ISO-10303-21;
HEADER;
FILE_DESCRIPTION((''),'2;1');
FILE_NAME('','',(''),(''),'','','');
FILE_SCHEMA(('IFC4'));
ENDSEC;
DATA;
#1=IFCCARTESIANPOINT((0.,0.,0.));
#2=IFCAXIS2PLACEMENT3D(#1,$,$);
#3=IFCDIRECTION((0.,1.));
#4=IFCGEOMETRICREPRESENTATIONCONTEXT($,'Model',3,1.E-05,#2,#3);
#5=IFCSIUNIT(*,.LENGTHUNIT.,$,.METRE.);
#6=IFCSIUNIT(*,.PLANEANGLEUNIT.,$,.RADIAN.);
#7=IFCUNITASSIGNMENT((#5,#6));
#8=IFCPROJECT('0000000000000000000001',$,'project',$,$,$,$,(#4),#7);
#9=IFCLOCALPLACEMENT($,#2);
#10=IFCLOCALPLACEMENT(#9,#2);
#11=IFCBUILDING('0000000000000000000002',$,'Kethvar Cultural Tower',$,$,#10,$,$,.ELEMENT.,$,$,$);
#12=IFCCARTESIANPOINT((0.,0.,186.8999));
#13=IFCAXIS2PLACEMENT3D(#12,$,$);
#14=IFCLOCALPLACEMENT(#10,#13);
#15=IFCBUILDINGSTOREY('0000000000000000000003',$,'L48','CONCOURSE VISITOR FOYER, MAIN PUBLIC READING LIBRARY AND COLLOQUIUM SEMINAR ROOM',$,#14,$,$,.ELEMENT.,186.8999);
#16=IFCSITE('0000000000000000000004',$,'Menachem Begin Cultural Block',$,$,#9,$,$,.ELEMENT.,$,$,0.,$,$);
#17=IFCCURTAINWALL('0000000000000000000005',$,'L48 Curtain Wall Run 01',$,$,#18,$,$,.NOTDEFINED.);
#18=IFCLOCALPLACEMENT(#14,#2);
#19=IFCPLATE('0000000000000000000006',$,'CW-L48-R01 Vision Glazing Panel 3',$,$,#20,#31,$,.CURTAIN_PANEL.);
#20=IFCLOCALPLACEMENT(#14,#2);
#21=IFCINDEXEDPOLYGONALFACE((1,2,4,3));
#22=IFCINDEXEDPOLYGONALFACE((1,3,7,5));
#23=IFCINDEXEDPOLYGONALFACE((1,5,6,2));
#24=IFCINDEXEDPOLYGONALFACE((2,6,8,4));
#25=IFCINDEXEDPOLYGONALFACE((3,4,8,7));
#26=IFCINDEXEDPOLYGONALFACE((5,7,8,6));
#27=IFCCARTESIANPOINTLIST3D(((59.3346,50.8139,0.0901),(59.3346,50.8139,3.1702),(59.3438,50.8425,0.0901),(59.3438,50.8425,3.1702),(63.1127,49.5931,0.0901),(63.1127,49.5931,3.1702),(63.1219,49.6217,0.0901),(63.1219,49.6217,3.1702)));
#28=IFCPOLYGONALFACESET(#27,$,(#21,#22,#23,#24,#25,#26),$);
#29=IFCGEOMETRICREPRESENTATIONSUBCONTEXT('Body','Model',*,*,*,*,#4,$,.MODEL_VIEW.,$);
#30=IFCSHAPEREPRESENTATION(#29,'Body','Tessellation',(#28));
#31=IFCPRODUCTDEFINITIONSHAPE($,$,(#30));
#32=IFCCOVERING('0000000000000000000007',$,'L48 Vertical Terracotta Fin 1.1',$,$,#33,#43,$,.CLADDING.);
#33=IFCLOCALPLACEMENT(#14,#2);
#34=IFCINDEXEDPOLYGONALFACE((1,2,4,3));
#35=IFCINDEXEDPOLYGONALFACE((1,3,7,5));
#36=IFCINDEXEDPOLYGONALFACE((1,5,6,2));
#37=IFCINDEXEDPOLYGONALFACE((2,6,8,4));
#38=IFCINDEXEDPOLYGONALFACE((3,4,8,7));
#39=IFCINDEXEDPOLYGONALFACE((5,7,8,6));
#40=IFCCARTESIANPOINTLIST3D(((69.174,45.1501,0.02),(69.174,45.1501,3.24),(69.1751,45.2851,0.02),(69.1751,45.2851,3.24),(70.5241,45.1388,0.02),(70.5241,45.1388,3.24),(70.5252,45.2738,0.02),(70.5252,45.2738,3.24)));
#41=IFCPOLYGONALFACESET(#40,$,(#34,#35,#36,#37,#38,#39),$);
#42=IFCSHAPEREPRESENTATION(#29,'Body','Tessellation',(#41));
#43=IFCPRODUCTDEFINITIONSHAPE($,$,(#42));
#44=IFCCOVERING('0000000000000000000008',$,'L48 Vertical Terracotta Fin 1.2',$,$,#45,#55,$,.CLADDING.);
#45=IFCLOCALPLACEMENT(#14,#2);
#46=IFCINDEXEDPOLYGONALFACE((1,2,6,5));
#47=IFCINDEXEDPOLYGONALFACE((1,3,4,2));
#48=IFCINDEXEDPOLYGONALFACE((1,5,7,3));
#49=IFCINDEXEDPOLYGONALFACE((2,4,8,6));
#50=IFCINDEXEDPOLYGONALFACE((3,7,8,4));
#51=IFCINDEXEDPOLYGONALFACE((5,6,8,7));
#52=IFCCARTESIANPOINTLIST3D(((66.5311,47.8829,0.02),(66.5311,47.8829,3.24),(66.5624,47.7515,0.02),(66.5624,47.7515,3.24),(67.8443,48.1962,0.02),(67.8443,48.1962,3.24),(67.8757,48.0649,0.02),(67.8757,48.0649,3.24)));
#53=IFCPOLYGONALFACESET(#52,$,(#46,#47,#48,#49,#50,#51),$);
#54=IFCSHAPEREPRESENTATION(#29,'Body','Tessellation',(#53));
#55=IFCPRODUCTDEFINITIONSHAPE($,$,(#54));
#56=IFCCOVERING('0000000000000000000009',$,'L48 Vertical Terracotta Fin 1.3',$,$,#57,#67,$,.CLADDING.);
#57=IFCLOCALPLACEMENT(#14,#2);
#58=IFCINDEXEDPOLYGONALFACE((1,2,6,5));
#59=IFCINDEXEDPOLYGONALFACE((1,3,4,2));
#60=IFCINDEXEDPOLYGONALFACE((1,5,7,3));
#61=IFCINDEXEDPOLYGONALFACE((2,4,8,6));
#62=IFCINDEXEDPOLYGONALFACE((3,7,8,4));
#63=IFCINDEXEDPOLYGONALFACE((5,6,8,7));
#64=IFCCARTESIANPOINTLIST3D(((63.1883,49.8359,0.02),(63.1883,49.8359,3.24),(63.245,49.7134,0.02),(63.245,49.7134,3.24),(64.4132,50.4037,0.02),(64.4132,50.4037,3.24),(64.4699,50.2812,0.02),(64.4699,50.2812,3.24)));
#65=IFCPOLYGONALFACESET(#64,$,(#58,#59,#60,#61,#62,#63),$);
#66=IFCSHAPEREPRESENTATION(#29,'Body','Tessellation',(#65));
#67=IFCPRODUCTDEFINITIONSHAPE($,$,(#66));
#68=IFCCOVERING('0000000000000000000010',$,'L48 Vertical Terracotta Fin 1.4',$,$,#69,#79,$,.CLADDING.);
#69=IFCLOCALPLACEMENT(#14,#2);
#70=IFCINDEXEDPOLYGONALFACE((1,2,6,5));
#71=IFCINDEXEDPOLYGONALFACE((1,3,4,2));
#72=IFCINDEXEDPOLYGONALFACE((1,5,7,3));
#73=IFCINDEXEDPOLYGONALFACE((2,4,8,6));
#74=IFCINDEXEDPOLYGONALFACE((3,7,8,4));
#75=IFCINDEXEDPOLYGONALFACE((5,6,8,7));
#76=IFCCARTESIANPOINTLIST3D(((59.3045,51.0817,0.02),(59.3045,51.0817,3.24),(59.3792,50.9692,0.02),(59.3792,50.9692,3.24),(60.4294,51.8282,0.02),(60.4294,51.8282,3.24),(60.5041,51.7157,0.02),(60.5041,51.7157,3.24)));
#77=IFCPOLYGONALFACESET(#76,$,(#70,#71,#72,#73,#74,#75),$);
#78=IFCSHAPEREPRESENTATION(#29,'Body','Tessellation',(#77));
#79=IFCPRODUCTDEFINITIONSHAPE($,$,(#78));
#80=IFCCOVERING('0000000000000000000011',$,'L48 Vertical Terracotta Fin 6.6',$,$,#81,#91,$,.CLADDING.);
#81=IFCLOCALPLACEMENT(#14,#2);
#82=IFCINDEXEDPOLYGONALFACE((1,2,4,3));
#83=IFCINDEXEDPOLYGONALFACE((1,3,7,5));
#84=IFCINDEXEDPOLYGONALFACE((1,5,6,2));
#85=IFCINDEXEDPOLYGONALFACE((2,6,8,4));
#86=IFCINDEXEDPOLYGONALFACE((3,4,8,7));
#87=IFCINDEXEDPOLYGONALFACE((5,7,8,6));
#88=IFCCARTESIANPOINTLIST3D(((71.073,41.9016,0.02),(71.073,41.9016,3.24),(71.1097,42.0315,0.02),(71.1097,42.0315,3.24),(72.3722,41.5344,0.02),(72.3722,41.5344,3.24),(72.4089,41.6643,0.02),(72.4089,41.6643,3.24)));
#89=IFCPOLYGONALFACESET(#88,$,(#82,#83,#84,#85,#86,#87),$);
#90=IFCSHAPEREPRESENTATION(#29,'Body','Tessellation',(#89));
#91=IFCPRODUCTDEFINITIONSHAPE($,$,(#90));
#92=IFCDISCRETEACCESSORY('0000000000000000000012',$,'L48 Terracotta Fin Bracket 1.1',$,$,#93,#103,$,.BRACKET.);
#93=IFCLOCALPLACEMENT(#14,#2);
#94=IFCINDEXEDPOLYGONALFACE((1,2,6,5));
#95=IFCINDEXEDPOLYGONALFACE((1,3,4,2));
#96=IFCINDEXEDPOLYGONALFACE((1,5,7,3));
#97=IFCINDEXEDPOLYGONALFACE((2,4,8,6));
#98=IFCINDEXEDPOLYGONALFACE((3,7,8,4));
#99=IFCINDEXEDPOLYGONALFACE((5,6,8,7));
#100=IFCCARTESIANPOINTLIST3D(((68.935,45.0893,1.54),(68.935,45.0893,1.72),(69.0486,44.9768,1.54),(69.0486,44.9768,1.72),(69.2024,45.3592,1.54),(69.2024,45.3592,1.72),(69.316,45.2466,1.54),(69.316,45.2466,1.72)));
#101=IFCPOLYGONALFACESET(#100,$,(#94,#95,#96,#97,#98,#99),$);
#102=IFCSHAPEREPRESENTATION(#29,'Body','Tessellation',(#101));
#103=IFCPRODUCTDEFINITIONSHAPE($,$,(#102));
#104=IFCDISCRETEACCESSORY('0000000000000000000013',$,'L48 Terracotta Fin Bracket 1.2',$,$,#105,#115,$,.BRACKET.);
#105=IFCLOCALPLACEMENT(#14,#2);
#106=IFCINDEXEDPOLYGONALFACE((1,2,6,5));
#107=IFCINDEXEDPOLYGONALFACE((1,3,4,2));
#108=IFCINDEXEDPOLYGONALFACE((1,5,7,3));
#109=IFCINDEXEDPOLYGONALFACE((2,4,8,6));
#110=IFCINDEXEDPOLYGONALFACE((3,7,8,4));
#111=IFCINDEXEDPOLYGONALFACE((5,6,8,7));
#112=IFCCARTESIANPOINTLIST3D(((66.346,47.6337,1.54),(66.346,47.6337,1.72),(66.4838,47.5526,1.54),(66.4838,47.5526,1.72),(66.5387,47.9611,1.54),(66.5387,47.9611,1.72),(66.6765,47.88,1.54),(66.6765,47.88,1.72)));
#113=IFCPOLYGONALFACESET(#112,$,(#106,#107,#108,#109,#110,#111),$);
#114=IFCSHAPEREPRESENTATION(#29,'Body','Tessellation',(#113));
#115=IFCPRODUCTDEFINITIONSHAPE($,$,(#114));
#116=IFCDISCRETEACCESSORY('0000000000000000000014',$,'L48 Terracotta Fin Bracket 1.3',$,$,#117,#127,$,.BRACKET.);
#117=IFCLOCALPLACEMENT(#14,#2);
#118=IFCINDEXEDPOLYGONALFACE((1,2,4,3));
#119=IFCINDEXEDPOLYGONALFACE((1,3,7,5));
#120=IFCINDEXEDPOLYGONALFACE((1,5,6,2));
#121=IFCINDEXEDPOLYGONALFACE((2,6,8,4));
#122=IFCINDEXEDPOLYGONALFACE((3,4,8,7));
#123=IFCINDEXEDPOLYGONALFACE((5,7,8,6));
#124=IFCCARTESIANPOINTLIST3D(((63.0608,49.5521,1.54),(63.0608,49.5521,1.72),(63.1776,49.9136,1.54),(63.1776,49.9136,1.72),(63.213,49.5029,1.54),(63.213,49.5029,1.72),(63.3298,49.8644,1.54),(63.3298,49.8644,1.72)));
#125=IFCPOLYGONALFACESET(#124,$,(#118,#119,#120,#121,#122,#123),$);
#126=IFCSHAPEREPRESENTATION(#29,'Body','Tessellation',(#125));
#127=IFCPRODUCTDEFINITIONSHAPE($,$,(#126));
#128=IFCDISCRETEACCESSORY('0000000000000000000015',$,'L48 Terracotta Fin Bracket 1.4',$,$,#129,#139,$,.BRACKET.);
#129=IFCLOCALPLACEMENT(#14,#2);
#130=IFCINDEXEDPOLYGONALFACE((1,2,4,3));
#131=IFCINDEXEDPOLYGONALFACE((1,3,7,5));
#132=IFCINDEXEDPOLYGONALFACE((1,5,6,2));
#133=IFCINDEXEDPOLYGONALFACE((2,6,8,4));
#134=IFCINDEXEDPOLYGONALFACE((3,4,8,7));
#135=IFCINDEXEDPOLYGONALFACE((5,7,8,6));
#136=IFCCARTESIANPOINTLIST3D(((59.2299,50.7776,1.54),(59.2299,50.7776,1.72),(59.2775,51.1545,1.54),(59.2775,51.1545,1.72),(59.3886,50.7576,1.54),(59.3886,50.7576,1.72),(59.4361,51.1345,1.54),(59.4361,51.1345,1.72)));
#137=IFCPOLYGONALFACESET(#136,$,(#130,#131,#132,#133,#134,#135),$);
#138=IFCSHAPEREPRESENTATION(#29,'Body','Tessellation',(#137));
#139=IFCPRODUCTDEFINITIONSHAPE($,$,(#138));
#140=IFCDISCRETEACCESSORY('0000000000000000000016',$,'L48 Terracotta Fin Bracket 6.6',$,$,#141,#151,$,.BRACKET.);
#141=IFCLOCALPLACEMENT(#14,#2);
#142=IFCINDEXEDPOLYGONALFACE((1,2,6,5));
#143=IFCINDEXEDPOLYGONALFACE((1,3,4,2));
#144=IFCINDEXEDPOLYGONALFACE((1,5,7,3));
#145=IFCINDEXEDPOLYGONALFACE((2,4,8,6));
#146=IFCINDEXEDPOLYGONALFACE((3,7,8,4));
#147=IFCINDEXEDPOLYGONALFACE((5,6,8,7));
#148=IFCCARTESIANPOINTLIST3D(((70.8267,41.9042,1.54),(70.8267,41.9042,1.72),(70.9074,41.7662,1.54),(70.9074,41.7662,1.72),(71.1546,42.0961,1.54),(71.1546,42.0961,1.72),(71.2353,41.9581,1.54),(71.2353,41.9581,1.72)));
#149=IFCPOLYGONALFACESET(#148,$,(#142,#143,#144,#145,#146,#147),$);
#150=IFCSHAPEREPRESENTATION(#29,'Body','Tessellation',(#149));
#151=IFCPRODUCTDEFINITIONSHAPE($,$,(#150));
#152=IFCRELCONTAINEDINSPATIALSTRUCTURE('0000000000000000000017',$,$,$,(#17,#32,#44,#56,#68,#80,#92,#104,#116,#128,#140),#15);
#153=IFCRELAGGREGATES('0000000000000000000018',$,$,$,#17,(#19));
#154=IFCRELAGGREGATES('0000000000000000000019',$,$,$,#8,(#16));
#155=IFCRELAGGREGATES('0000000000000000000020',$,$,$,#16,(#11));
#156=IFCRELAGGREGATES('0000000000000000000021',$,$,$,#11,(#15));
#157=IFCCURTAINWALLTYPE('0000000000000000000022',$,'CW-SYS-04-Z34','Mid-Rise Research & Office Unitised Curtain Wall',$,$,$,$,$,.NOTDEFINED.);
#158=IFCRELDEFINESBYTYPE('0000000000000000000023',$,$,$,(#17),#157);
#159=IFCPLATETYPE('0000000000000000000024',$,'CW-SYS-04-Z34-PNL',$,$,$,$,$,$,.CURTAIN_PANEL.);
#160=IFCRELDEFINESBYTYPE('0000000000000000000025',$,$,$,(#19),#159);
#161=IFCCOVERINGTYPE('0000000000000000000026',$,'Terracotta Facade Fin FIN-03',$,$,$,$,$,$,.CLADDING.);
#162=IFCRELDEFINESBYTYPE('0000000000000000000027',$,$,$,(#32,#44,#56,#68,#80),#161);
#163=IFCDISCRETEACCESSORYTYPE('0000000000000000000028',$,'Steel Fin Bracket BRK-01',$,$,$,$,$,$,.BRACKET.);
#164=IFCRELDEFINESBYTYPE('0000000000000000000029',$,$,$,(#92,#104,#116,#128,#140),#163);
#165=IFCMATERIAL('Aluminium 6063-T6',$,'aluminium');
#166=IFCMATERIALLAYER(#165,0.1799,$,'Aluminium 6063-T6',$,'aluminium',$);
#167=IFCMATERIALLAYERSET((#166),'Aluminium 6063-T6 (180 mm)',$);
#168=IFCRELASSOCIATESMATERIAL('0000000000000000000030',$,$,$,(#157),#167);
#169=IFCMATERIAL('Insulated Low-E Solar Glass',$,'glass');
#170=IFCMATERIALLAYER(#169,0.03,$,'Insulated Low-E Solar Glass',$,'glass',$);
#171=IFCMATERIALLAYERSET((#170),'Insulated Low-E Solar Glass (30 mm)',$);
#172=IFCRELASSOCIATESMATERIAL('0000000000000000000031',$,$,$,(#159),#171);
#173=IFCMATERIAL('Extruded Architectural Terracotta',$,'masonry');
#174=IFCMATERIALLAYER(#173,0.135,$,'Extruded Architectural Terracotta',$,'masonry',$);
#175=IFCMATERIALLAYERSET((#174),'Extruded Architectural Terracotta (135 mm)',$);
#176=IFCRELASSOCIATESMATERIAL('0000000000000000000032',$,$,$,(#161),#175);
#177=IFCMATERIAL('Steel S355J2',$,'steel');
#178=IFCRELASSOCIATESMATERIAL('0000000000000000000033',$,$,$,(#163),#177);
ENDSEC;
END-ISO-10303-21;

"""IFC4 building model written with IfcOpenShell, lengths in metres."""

from ifc_helpers import new_model, si_unit, direction, frame, origin, origin_2d, place, context, subcontext, project, spatial, rectangle, extrude, source, transform, mapped, material, layer, layer_set, type_object, element, aggregate, save


model = new_model("IFC4")

# Units and contexts
model_context = context("Model", 3, precision=1e-05, world=origin(), true_north=direction((0.0, 1.0)))
body_context = subcontext(model_context, "Body", "Model", "MODEL_VIEW")
ifc_project = project(units=[si_unit("LENGTHUNIT", "METRE"), si_unit("PLANEANGLEUNIT", "RADIAN")], contexts=[model_context])

# Site, building, storey
site_placement = place(None, origin())
site = spatial("IfcSite", under=ifc_project, at=site_placement, Name="Menachem Begin Cultural Block", CompositionType="ELEMENT", RefElevation=0.0)
building_placement = place(site_placement, origin())
building = spatial("IfcBuilding", under=site, at=building_placement, Name="Kethvar Cultural Tower", CompositionType="ELEMENT")
storey_placement = place(building_placement, frame((0.0, 0.0, 186.8999)))
storey = spatial("IfcBuildingStorey", under=building, at=storey_placement, Name="L48", Description="CONCOURSE VISITOR FOYER, MAIN PUBLIC READING LIBRARY AND COLLOQUIUM SEMINAR ROOM", CompositionType="ELEMENT", Elevation=186.8999)

# Shared definitions
ifc_material_1 = material(Name="Steel S355J2", Category="steel")

# Curtain wall
ifc_material_2 = material(Name="Aluminium 6063-T6", Category="aluminium")
ifc_layer_1 = layer(ifc_material_2, 0.1799, Name="Aluminium 6063-T6", Category="aluminium")
ifc_layer_set_1 = layer_set([ifc_layer_1], Name="Aluminium 6063-T6 (180 mm)")
curtain_wall_type = type_object("IfcCurtainWallType", Name="CW-SYS-04-Z34", Description="Mid-Rise Research & Office Unitised Curtain Wall", PredefinedType="NOTDEFINED", material=ifc_layer_set_1)
curtain_wall_1_placement = place(storey_placement, origin())
curtain_wall_1 = element("IfcCurtainWall", 1, at=curtain_wall_1_placement, inside=storey, type_object=curtain_wall_type, Name="L48 Curtain Wall Run 01", PredefinedType="NOTDEFINED")

# Plate
ifc_material_3 = material(Name="Insulated Low-E Solar Glass", Category="glass")
ifc_layer_2 = layer(ifc_material_3, 0.03, Name="Insulated Low-E Solar Glass", Category="glass")
ifc_layer_set_2 = layer_set([ifc_layer_2], Name="Insulated Low-E Solar Glass (30 mm)")
plate_type = type_object("IfcPlateType", Name="CW-SYS-04-Z34-PNL", PredefinedType="CURTAIN_PANEL", material=ifc_layer_set_2)
shared_shape_1 = source(origin(), body_context, "Body", "SweptSolid", [
    extrude(rectangle(XDim=3.9705, YDim=0.03, at=origin_2d()), origin(), (0.0, 0.0, 1.0), 3.0801),
])
plate_1_placement = place(storey_placement, frame((61.2283, 50.2178, 0.0901), z_axis=(0.0, 0.0, 1.0), x_axis=(-0.951557, 0.307473, 0.0)))
plate_1 = element("IfcPlate", 2, at=plate_1_placement, type_object=plate_type, Name="CW-L48-R01 Vision Glazing Panel 3", PredefinedType="CURTAIN_PANEL", context=body_context, shape_type="MappedRepresentation", body=[
    mapped(shared_shape_1, transform((0.0, 0.0, 0.0), scale=1.0)),
])
aggregate(curtain_wall_1, [plate_1])

# Coverings
ifc_material_4 = material(Name="Extruded Architectural Terracotta", Category="masonry")
ifc_layer_3 = layer(ifc_material_4, 0.135, Name="Extruded Architectural Terracotta", Category="masonry")
ifc_layer_set_3 = layer_set([ifc_layer_3], Name="Extruded Architectural Terracotta (135 mm)")
covering_type = type_object("IfcCoveringType", Name="Terracotta Facade Fin FIN-03", PredefinedType="CLADDING", material=ifc_layer_set_3)
shared_shape_2 = source(origin(), body_context, "Body", "SweptSolid", [
    extrude(rectangle(XDim=1.3501, YDim=0.135, at=origin_2d()), origin(), (0.0, 0.0, 1.0), 3.22),
])
for number, where, z_axis, x_axis, name in (
    (3, (69.8496, 45.2119, 0.02), (0.0, 0.0, 1.0), (0.999965, -0.008377, 0.0), "L48 Vertical Terracotta Fin 1.1"),
    (4, (67.2034, 47.9739, 0.02), (0.0, 0.0, 1.0), (0.972695, 0.232087, 0.0), "L48 Vertical Terracotta Fin 1.2"),
    (5, (63.8291, 50.0586, 0.02), (0.0, 0.0, 1.0), (0.907264, 0.420561, 0.0), "L48 Vertical Terracotta Fin 1.3"),
    (6, (59.9043, 51.3987, 0.02), (0.0, 0.0, 1.0), (0.833211, 0.552955, 0.0), "L48 Vertical Terracotta Fin 1.4"),
    (7, (71.741, 41.783, 0.02), (0.0, 0.0, 1.0), (0.962313, -0.271944, 0.0), "L48 Vertical Terracotta Fin 6.6"),
):
    element("IfcCovering", number, at=place(storey_placement, frame(where, z_axis=z_axis, x_axis=x_axis)), inside=storey, type_object=covering_type, Name=name, PredefinedType="CLADDING", context=body_context, shape_type="MappedRepresentation", body=[
        mapped(shared_shape_2, transform((0.0, 0.0, 0.0), scale=1.0)),
    ])

# Discrete accessories
discrete_accessory_type = type_object("IfcDiscreteAccessoryType", Name="Steel Fin Bracket BRK-01", PredefinedType="BRACKET", material=ifc_material_1)
shared_shape_3 = source(origin(), body_context, "Body", "SweptSolid", [
    extrude(rectangle(XDim=0.3799, YDim=0.1599, at=origin_2d()), origin(), (0.0, 0.0, 1.0), 0.1799),
])
for number, where, z_axis, x_axis, name in (
    (8, (69.1255, 45.168, 1.54), (0.0, 0.0, 1.0), (0.703767, 0.710431, 0.0), "L48 Terracotta Fin Bracket 1.1"),
    (9, (66.5112, 47.7568, 1.54), (0.0, 0.0, 1.0), (0.507238, 0.861806, 0.0), "L48 Terracotta Fin Bracket 1.2"),
    (10, (63.1953, 49.7083, 1.54), (0.0, 0.0, 1.0), (0.307523, 0.951541, 0.0), "L48 Terracotta Fin Bracket 1.3"),
    (11, (59.333, 50.9561, 1.54), (0.0, 0.0, 1.0), (0.12516, 0.992137, 0.0), "L48 Terracotta Fin Bracket 1.4"),
    (12, (71.031, 41.9312, 1.54), (0.0, 0.0, 1.0), (0.863131, 0.50498, 0.0), "L48 Terracotta Fin Bracket 6.6"),
):
    element("IfcDiscreteAccessory", number, at=place(storey_placement, frame(where, z_axis=z_axis, x_axis=x_axis)), inside=storey, type_object=discrete_accessory_type, Name=name, PredefinedType="BRACKET", context=body_context, shape_type="MappedRepresentation", body=[
        mapped(shared_shape_3, transform((0.0, 0.0, 0.0), scale=1.0)),
    ])

save(model, "model.ifc")
